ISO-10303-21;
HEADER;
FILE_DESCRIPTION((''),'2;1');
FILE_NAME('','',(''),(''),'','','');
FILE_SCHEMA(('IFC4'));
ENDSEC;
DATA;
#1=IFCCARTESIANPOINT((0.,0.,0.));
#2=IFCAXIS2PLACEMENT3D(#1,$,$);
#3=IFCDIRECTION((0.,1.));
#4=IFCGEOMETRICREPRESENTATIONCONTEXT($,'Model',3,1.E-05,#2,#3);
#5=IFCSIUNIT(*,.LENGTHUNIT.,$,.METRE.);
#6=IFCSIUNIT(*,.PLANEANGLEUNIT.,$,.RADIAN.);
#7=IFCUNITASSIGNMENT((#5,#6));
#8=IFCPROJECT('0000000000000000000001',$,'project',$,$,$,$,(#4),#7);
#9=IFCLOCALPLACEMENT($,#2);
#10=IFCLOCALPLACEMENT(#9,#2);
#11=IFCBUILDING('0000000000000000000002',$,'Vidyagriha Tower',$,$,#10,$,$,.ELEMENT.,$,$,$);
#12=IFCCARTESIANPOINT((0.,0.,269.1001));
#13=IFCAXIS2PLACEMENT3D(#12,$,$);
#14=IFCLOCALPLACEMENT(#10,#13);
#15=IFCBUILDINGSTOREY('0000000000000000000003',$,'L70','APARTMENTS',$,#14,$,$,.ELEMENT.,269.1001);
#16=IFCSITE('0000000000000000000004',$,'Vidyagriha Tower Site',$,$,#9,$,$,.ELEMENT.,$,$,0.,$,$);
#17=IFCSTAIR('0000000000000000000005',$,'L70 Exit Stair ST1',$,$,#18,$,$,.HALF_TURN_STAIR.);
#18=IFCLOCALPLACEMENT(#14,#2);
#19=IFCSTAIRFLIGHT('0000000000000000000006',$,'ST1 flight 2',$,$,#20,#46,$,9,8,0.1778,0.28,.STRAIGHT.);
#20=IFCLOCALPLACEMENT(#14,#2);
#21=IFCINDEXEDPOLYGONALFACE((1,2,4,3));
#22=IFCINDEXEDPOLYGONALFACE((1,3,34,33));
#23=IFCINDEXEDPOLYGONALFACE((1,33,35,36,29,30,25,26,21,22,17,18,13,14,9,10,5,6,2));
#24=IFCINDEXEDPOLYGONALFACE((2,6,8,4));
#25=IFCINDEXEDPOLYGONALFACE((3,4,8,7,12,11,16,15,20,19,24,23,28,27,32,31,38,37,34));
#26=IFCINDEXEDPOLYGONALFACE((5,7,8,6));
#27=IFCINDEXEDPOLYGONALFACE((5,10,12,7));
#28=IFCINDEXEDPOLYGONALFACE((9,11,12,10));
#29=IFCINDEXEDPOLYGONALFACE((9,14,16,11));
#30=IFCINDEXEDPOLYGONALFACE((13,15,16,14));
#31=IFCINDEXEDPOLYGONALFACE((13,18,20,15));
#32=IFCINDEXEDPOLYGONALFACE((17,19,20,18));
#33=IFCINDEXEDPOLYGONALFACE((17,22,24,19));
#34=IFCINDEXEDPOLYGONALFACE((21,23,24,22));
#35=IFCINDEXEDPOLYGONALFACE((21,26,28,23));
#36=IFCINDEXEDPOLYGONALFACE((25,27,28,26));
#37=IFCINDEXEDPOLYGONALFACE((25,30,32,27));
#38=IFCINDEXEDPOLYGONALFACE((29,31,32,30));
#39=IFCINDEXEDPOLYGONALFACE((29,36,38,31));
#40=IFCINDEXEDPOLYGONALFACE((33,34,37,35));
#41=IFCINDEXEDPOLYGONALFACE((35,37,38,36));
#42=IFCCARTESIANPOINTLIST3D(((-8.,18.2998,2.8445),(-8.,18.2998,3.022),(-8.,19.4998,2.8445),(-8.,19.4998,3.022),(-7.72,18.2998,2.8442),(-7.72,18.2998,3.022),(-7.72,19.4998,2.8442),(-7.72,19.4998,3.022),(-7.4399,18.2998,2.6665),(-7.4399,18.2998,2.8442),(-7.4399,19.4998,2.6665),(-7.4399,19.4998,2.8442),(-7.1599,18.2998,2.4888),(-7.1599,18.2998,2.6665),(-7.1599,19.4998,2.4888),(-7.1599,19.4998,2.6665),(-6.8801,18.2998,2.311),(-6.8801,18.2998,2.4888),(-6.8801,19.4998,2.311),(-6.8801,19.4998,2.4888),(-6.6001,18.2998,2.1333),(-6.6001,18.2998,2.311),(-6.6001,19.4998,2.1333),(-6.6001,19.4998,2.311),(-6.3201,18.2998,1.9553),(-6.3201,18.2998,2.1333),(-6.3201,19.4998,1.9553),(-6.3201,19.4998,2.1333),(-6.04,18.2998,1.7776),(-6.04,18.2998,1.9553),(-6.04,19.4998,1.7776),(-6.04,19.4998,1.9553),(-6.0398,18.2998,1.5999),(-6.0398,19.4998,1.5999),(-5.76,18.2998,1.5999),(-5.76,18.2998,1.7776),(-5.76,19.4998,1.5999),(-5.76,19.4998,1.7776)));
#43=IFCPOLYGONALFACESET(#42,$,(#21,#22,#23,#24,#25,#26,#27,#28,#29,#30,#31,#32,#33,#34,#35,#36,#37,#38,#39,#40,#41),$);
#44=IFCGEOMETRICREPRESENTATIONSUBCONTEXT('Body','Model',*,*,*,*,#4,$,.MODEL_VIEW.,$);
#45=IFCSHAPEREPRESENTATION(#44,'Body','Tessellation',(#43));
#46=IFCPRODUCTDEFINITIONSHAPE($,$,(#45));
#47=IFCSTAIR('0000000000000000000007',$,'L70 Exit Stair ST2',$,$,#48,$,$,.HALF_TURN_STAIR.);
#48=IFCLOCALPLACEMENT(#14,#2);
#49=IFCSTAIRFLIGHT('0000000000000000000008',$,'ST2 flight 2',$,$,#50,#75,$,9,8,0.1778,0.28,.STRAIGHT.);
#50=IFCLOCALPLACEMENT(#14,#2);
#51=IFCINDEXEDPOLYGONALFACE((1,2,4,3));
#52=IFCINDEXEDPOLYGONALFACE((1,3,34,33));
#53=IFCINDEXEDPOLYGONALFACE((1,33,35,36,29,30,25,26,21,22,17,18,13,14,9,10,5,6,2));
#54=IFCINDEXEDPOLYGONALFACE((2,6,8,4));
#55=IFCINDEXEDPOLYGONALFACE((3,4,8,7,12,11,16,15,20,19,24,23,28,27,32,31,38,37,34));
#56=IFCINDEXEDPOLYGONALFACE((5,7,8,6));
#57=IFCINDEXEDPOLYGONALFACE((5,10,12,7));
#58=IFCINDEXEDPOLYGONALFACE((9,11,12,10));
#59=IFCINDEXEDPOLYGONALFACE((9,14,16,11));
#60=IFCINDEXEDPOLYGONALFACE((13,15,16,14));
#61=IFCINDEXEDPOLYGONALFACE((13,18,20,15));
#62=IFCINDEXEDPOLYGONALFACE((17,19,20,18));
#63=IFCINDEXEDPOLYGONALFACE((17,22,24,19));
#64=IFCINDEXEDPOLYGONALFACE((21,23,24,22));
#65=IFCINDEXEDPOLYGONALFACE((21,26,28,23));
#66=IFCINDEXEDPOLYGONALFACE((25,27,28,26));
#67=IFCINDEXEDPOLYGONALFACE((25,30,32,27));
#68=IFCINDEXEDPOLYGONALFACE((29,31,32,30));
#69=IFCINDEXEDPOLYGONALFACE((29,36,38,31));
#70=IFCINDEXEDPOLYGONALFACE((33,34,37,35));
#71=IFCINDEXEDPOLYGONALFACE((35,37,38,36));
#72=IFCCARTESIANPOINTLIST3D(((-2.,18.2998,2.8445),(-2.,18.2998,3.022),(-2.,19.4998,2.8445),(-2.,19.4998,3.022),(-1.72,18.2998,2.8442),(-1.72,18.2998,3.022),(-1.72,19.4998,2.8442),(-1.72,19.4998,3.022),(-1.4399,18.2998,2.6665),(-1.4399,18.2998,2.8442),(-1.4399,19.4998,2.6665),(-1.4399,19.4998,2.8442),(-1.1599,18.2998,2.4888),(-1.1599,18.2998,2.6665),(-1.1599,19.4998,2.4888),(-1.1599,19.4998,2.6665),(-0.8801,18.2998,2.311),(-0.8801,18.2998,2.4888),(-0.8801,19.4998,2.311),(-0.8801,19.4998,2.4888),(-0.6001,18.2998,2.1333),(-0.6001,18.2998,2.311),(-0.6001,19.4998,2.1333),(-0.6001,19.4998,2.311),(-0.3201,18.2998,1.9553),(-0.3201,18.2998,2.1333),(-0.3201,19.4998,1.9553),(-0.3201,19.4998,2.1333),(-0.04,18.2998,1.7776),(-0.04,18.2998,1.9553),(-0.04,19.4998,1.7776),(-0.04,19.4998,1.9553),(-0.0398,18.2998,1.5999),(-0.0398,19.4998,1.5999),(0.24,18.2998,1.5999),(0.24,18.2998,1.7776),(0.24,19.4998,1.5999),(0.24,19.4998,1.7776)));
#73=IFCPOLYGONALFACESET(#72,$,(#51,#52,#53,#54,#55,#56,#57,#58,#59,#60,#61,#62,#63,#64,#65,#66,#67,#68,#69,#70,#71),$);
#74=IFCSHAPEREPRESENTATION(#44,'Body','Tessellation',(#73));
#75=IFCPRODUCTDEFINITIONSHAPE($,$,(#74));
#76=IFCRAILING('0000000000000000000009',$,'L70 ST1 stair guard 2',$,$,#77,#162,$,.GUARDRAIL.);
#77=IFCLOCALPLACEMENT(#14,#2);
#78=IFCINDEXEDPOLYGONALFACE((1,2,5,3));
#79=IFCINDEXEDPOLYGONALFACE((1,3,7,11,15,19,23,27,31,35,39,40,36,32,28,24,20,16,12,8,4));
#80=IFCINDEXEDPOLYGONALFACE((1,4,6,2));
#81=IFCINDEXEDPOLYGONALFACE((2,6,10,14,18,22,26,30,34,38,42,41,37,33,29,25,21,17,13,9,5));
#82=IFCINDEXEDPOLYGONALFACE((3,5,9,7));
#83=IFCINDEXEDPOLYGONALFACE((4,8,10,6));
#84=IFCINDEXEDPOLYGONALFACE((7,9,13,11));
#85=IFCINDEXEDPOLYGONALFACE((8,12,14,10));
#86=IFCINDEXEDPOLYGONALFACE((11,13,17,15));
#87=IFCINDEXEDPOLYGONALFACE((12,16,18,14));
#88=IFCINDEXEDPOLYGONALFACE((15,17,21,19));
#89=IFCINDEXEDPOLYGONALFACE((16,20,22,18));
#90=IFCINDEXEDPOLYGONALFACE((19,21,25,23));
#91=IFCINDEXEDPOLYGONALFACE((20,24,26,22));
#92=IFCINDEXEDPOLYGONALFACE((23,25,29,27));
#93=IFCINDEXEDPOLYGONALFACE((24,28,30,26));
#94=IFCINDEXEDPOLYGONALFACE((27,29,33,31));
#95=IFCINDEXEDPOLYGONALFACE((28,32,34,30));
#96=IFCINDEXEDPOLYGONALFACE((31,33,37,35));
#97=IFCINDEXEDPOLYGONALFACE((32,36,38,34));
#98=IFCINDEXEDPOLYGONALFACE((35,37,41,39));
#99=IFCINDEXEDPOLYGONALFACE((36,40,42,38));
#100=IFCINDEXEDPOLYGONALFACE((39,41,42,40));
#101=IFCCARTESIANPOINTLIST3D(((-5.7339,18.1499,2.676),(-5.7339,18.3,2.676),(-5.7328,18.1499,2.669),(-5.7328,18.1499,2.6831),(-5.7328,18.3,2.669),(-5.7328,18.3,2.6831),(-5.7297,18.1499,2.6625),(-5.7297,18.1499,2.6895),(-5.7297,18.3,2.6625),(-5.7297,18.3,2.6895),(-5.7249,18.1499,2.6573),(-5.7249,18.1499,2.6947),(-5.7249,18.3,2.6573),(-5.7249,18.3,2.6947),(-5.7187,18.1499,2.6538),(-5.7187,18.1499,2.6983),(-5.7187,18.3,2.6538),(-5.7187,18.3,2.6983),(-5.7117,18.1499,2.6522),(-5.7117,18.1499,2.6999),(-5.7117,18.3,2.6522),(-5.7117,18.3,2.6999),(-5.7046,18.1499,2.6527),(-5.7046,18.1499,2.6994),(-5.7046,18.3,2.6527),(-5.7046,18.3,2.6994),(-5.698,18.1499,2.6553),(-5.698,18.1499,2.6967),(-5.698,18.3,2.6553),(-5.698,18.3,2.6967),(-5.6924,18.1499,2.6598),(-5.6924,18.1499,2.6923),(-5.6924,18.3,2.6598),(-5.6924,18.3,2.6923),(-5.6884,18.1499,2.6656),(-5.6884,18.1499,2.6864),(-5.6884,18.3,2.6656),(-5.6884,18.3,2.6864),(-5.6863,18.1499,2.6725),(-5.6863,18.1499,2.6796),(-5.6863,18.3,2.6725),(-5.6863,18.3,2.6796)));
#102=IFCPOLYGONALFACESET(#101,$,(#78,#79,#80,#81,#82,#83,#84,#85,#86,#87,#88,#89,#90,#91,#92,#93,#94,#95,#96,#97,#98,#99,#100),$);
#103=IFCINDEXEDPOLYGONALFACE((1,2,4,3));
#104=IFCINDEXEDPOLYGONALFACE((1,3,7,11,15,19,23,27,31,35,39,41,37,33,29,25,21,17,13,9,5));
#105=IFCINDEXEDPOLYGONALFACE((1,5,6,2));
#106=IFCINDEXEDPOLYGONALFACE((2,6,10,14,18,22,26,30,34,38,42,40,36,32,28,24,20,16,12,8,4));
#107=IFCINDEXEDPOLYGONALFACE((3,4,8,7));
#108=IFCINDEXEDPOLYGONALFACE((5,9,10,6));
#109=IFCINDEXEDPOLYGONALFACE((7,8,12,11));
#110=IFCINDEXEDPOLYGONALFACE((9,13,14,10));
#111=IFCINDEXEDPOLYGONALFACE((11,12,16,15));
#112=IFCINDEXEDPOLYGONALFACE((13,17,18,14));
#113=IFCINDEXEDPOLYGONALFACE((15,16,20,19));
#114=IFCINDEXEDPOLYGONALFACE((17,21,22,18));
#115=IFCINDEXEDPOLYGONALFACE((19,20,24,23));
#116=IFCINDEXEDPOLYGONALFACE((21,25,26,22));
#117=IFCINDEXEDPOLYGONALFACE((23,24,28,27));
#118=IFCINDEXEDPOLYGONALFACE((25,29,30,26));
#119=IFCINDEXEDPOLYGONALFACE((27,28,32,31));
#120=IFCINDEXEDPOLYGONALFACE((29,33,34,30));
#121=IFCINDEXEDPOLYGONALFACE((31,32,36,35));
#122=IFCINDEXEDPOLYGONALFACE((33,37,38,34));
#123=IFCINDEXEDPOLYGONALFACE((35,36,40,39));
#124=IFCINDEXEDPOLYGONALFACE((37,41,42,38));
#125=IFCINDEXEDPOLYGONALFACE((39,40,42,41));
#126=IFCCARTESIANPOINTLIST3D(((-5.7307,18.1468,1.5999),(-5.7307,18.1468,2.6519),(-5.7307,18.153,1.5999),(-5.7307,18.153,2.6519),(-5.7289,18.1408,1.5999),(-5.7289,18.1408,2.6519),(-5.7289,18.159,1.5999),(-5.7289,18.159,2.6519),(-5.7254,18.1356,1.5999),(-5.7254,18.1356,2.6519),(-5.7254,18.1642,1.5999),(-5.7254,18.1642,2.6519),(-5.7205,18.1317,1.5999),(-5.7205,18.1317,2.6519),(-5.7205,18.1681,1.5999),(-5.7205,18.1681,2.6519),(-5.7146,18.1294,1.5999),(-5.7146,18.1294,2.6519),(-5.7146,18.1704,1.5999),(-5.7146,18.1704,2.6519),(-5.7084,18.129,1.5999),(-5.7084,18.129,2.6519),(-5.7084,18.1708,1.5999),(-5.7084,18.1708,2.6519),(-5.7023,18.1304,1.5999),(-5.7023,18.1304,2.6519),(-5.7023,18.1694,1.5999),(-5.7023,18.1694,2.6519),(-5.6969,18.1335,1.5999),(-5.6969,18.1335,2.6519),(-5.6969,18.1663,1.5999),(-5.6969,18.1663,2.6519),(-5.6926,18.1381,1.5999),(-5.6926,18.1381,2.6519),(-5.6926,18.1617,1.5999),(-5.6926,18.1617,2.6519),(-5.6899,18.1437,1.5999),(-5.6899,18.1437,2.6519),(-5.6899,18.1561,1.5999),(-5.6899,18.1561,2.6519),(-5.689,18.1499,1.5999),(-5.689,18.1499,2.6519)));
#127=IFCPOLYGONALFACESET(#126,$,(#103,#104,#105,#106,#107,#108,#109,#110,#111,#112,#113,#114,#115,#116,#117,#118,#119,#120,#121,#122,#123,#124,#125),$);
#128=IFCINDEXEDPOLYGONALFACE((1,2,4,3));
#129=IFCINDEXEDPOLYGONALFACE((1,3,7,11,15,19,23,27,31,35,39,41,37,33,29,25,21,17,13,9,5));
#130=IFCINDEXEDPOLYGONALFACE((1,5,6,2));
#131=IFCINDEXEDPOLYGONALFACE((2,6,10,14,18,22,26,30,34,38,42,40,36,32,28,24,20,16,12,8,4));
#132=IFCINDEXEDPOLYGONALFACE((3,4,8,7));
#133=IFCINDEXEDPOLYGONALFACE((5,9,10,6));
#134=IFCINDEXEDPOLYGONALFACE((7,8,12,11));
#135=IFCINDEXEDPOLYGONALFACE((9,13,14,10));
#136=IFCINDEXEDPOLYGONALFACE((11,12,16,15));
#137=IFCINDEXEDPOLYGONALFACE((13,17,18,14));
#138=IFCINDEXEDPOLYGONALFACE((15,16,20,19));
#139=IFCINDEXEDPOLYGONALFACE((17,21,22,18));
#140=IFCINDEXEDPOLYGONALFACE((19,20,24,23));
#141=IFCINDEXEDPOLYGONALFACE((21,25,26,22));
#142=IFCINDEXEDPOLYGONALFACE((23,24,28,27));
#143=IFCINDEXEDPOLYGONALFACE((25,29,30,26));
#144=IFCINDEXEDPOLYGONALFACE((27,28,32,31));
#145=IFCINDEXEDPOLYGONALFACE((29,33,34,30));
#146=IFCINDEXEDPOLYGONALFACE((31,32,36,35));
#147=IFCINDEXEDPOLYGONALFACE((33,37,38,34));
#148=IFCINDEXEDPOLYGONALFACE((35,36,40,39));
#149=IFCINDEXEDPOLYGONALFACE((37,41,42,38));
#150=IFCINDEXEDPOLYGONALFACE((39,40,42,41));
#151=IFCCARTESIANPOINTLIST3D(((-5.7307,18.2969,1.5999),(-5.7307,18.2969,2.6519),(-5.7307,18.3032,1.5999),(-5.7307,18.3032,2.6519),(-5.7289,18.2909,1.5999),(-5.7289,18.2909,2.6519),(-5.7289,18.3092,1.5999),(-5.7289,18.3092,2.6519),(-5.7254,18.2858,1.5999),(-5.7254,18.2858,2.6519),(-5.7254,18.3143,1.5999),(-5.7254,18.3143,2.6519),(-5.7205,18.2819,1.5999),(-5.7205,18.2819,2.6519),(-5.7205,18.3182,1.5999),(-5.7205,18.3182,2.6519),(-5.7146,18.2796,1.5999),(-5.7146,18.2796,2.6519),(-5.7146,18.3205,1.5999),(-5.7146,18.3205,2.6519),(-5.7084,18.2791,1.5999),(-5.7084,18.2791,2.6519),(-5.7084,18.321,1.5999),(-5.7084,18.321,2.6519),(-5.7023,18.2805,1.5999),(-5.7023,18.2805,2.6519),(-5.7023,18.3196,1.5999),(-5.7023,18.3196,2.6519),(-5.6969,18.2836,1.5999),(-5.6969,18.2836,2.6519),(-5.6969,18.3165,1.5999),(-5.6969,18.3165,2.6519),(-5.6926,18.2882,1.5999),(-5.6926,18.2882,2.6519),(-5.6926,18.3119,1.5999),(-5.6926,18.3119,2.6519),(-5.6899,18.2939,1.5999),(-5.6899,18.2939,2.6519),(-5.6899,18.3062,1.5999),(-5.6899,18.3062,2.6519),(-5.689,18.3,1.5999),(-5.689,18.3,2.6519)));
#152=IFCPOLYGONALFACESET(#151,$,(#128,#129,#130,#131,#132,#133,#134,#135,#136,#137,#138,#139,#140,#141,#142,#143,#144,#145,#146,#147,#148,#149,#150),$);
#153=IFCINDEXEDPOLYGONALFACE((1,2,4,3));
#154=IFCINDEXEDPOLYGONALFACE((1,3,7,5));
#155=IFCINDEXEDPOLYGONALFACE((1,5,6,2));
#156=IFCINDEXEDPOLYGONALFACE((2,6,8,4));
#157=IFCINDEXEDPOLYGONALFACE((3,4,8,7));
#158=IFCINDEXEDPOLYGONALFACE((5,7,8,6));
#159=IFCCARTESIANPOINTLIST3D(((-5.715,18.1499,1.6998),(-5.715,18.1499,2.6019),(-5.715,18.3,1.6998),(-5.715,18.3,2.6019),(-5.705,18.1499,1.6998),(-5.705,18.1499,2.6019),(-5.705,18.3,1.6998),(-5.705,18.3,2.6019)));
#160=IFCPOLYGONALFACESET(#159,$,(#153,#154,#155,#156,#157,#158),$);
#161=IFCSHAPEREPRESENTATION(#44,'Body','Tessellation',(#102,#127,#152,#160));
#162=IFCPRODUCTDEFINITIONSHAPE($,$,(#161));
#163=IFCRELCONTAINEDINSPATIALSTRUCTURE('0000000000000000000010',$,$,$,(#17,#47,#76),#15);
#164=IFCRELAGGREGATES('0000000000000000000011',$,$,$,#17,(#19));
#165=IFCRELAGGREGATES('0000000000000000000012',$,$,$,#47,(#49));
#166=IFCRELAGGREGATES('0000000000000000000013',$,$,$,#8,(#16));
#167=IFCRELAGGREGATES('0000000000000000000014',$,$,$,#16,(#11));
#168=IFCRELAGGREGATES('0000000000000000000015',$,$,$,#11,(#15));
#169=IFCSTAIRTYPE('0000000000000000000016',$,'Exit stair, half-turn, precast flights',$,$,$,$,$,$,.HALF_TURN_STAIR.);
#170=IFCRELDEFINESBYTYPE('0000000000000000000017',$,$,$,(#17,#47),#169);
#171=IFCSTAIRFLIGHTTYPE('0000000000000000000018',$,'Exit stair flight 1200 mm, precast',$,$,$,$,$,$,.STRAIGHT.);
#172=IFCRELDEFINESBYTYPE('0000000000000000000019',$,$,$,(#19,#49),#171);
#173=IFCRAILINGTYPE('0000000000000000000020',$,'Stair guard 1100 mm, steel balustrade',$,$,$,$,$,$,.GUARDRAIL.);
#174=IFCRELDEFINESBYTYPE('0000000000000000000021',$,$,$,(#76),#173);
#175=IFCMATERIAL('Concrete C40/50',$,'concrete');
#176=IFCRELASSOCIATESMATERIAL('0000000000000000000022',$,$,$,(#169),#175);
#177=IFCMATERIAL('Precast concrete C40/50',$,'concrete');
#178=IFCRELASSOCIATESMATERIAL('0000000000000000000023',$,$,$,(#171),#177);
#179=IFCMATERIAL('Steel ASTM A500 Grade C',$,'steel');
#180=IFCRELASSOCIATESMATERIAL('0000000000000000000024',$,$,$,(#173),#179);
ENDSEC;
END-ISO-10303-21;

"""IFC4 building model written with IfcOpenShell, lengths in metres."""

from ifc_helpers import new_model, si_unit, direction, frame, origin, origin_2d, place, context, subcontext, project, spatial, polyline, rectangle, circle, outline, extrude, material, type_object, element, aggregate, save


model = new_model("IFC4")

# Units and contexts
model_context = context("Model", 3, precision=1e-05, world=origin(), true_north=direction((0.0, 1.0)))
body_context = subcontext(model_context, "Body", "Model", "MODEL_VIEW")
ifc_project = project(units=[si_unit("LENGTHUNIT", "METRE"), si_unit("PLANEANGLEUNIT", "RADIAN")], contexts=[model_context])

# Site, building, storey
site_placement = place(None, origin())
site = spatial("IfcSite", under=ifc_project, at=site_placement, Name="Vidyagriha Tower Site", CompositionType="ELEMENT", RefElevation=0.0)
building_placement = place(site_placement, origin())
building = spatial("IfcBuilding", under=site, at=building_placement, Name="Vidyagriha Tower", CompositionType="ELEMENT")
storey_placement = place(building_placement, frame((0.0, 0.0, 269.1001)))
storey = spatial("IfcBuildingStorey", under=building, at=storey_placement, Name="L70", Description="APARTMENTS", CompositionType="ELEMENT", Elevation=269.1001)

# Stairs, stair flights
ifc_material_1 = material(Name="Concrete C40/50", Category="concrete")
stair_type = type_object("IfcStairType", Name="Exit stair, half-turn, precast flights", PredefinedType="HALF_TURN_STAIR", material=ifc_material_1)
stair_1_placement = place(storey_placement, origin())
stair_1 = element("IfcStair", 1, at=stair_1_placement, inside=storey, type_object=stair_type, Name="L70 Exit Stair ST1", PredefinedType="HALF_TURN_STAIR")
ifc_material_2 = material(Name="Precast concrete C40/50", Category="concrete")
stair_flight_type = type_object("IfcStairFlightType", Name="Exit stair flight 1200 mm, precast", PredefinedType="STRAIGHT", material=ifc_material_2)
stair_flight_1_placement = place(storey_placement, frame((-5.76, 18.8999, 1.5999), z_axis=(0.0, 0.0, 1.0), x_axis=(-1.0, 0.0, 0.0)))
stair_flight_1 = element("IfcStairFlight", 2, at=stair_flight_1_placement, type_object=stair_flight_type, Name="ST1 flight 2", NumberOfRisers=9, NumberOfTreads=8, PredefinedType="STRAIGHT", RiserHeight=0.1778, TreadLength=0.28, context=body_context, shape_type="SweptSolid", body=[
    extrude(outline(polyline([(0.0, 0.0), (0.0, 0.1777), (0.28, 0.1777), (0.28, 0.3555), (0.5601, 0.3555), (0.5601, 0.5334), (0.8401, 0.5334), (0.8401, 0.7112), (1.1201, 0.7112), (1.1201, 0.8889), (1.3999, 0.8889), (1.3999, 1.0667), (1.6799, 1.0667), (1.6799, 1.2444), (1.96, 1.2444), (1.96, 1.4221), (2.24, 1.4221), (2.24, 1.6001), (2.24, 1.2446), (0.2798, 0.0), (0.0, 0.0)])), frame((0.0, 0.6001, 0.0), z_axis=(0.0, -1.0, 0.0), x_axis=(1.0, 0.0, 0.0)), (0.0, 0.0, 1.0), 1.2),
])
aggregate(stair_1, [stair_flight_1])
stair_2_placement = place(storey_placement, origin())
stair_2 = element("IfcStair", 3, at=stair_2_placement, inside=storey, type_object=stair_type, Name="L70 Exit Stair ST2", PredefinedType="HALF_TURN_STAIR")
stair_flight_2_placement = place(storey_placement, frame((0.24, 18.8999, 1.5999), z_axis=(0.0, 0.0, 1.0), x_axis=(-1.0, 0.0, 0.0)))
stair_flight_2 = element("IfcStairFlight", 4, at=stair_flight_2_placement, type_object=stair_flight_type, Name="ST2 flight 2", NumberOfRisers=9, NumberOfTreads=8, PredefinedType="STRAIGHT", RiserHeight=0.1778, TreadLength=0.28, context=body_context, shape_type="SweptSolid", body=[
    extrude(outline(polyline([(0.0, 0.0), (0.0, 0.1777), (0.28, 0.1777), (0.28, 0.3555), (0.5601, 0.3555), (0.5601, 0.5334), (0.8401, 0.5334), (0.8401, 0.7112), (1.1201, 0.7112), (1.1201, 0.8889), (1.3999, 0.8889), (1.3999, 1.0667), (1.6799, 1.0667), (1.6799, 1.2444), (1.96, 1.2444), (1.96, 1.4221), (2.24, 1.4221), (2.24, 1.6001), (2.24, 1.2446), (0.2798, 0.0), (0.0, 0.0)])), frame((0.0, 0.6001, 0.0), z_axis=(0.0, -1.0, 0.0), x_axis=(1.0, 0.0, 0.0)), (0.0, 0.0, 1.0), 1.2),
])
aggregate(stair_2, [stair_flight_2])

# Railing
ifc_material_3 = material(Name="Steel ASTM A500 Grade C", Category="steel")
railing_type_1 = type_object("IfcRailingType", Name="Stair guard 1100 mm, steel balustrade", PredefinedType="GUARDRAIL", material=ifc_material_3)
railing_1_placement = place(storey_placement, frame((-5.71, 18.1499, 1.5999)))
element("IfcRailing", 5, at=railing_1_placement, inside=storey, type_object=railing_type_1, Name="L70 ST1 stair guard 2", PredefinedType="GUARDRAIL", context=body_context, shape_type="SweptSolid", body=[
    extrude(circle(Radius=0.0239, at=origin_2d()), frame((0.0, 0.0, 1.0762), z_axis=(0.0, 1.0, 0.0), x_axis=(-1.0, 0.0, 0.0)), (0.0, 0.0, 1.0), 0.1501),
    extrude(circle(Radius=0.021, at=origin_2d()), origin(), (0.0, 0.0, 1.0), 1.052),
    extrude(circle(Radius=0.021, at=origin_2d()), frame((0.0, 0.1501, 0.0)), (0.0, 0.0, 1.0), 1.052),
    extrude(rectangle(XDim=0.01, YDim=0.9021, at=origin_2d()), frame((0.0, 0.0, 0.551), z_axis=(0.0, 1.0, 0.0), x_axis=(-1.0, 0.0, 0.0)), (0.0, 0.0, 1.0), 0.1501),
])

save(model, "model.ifc")
